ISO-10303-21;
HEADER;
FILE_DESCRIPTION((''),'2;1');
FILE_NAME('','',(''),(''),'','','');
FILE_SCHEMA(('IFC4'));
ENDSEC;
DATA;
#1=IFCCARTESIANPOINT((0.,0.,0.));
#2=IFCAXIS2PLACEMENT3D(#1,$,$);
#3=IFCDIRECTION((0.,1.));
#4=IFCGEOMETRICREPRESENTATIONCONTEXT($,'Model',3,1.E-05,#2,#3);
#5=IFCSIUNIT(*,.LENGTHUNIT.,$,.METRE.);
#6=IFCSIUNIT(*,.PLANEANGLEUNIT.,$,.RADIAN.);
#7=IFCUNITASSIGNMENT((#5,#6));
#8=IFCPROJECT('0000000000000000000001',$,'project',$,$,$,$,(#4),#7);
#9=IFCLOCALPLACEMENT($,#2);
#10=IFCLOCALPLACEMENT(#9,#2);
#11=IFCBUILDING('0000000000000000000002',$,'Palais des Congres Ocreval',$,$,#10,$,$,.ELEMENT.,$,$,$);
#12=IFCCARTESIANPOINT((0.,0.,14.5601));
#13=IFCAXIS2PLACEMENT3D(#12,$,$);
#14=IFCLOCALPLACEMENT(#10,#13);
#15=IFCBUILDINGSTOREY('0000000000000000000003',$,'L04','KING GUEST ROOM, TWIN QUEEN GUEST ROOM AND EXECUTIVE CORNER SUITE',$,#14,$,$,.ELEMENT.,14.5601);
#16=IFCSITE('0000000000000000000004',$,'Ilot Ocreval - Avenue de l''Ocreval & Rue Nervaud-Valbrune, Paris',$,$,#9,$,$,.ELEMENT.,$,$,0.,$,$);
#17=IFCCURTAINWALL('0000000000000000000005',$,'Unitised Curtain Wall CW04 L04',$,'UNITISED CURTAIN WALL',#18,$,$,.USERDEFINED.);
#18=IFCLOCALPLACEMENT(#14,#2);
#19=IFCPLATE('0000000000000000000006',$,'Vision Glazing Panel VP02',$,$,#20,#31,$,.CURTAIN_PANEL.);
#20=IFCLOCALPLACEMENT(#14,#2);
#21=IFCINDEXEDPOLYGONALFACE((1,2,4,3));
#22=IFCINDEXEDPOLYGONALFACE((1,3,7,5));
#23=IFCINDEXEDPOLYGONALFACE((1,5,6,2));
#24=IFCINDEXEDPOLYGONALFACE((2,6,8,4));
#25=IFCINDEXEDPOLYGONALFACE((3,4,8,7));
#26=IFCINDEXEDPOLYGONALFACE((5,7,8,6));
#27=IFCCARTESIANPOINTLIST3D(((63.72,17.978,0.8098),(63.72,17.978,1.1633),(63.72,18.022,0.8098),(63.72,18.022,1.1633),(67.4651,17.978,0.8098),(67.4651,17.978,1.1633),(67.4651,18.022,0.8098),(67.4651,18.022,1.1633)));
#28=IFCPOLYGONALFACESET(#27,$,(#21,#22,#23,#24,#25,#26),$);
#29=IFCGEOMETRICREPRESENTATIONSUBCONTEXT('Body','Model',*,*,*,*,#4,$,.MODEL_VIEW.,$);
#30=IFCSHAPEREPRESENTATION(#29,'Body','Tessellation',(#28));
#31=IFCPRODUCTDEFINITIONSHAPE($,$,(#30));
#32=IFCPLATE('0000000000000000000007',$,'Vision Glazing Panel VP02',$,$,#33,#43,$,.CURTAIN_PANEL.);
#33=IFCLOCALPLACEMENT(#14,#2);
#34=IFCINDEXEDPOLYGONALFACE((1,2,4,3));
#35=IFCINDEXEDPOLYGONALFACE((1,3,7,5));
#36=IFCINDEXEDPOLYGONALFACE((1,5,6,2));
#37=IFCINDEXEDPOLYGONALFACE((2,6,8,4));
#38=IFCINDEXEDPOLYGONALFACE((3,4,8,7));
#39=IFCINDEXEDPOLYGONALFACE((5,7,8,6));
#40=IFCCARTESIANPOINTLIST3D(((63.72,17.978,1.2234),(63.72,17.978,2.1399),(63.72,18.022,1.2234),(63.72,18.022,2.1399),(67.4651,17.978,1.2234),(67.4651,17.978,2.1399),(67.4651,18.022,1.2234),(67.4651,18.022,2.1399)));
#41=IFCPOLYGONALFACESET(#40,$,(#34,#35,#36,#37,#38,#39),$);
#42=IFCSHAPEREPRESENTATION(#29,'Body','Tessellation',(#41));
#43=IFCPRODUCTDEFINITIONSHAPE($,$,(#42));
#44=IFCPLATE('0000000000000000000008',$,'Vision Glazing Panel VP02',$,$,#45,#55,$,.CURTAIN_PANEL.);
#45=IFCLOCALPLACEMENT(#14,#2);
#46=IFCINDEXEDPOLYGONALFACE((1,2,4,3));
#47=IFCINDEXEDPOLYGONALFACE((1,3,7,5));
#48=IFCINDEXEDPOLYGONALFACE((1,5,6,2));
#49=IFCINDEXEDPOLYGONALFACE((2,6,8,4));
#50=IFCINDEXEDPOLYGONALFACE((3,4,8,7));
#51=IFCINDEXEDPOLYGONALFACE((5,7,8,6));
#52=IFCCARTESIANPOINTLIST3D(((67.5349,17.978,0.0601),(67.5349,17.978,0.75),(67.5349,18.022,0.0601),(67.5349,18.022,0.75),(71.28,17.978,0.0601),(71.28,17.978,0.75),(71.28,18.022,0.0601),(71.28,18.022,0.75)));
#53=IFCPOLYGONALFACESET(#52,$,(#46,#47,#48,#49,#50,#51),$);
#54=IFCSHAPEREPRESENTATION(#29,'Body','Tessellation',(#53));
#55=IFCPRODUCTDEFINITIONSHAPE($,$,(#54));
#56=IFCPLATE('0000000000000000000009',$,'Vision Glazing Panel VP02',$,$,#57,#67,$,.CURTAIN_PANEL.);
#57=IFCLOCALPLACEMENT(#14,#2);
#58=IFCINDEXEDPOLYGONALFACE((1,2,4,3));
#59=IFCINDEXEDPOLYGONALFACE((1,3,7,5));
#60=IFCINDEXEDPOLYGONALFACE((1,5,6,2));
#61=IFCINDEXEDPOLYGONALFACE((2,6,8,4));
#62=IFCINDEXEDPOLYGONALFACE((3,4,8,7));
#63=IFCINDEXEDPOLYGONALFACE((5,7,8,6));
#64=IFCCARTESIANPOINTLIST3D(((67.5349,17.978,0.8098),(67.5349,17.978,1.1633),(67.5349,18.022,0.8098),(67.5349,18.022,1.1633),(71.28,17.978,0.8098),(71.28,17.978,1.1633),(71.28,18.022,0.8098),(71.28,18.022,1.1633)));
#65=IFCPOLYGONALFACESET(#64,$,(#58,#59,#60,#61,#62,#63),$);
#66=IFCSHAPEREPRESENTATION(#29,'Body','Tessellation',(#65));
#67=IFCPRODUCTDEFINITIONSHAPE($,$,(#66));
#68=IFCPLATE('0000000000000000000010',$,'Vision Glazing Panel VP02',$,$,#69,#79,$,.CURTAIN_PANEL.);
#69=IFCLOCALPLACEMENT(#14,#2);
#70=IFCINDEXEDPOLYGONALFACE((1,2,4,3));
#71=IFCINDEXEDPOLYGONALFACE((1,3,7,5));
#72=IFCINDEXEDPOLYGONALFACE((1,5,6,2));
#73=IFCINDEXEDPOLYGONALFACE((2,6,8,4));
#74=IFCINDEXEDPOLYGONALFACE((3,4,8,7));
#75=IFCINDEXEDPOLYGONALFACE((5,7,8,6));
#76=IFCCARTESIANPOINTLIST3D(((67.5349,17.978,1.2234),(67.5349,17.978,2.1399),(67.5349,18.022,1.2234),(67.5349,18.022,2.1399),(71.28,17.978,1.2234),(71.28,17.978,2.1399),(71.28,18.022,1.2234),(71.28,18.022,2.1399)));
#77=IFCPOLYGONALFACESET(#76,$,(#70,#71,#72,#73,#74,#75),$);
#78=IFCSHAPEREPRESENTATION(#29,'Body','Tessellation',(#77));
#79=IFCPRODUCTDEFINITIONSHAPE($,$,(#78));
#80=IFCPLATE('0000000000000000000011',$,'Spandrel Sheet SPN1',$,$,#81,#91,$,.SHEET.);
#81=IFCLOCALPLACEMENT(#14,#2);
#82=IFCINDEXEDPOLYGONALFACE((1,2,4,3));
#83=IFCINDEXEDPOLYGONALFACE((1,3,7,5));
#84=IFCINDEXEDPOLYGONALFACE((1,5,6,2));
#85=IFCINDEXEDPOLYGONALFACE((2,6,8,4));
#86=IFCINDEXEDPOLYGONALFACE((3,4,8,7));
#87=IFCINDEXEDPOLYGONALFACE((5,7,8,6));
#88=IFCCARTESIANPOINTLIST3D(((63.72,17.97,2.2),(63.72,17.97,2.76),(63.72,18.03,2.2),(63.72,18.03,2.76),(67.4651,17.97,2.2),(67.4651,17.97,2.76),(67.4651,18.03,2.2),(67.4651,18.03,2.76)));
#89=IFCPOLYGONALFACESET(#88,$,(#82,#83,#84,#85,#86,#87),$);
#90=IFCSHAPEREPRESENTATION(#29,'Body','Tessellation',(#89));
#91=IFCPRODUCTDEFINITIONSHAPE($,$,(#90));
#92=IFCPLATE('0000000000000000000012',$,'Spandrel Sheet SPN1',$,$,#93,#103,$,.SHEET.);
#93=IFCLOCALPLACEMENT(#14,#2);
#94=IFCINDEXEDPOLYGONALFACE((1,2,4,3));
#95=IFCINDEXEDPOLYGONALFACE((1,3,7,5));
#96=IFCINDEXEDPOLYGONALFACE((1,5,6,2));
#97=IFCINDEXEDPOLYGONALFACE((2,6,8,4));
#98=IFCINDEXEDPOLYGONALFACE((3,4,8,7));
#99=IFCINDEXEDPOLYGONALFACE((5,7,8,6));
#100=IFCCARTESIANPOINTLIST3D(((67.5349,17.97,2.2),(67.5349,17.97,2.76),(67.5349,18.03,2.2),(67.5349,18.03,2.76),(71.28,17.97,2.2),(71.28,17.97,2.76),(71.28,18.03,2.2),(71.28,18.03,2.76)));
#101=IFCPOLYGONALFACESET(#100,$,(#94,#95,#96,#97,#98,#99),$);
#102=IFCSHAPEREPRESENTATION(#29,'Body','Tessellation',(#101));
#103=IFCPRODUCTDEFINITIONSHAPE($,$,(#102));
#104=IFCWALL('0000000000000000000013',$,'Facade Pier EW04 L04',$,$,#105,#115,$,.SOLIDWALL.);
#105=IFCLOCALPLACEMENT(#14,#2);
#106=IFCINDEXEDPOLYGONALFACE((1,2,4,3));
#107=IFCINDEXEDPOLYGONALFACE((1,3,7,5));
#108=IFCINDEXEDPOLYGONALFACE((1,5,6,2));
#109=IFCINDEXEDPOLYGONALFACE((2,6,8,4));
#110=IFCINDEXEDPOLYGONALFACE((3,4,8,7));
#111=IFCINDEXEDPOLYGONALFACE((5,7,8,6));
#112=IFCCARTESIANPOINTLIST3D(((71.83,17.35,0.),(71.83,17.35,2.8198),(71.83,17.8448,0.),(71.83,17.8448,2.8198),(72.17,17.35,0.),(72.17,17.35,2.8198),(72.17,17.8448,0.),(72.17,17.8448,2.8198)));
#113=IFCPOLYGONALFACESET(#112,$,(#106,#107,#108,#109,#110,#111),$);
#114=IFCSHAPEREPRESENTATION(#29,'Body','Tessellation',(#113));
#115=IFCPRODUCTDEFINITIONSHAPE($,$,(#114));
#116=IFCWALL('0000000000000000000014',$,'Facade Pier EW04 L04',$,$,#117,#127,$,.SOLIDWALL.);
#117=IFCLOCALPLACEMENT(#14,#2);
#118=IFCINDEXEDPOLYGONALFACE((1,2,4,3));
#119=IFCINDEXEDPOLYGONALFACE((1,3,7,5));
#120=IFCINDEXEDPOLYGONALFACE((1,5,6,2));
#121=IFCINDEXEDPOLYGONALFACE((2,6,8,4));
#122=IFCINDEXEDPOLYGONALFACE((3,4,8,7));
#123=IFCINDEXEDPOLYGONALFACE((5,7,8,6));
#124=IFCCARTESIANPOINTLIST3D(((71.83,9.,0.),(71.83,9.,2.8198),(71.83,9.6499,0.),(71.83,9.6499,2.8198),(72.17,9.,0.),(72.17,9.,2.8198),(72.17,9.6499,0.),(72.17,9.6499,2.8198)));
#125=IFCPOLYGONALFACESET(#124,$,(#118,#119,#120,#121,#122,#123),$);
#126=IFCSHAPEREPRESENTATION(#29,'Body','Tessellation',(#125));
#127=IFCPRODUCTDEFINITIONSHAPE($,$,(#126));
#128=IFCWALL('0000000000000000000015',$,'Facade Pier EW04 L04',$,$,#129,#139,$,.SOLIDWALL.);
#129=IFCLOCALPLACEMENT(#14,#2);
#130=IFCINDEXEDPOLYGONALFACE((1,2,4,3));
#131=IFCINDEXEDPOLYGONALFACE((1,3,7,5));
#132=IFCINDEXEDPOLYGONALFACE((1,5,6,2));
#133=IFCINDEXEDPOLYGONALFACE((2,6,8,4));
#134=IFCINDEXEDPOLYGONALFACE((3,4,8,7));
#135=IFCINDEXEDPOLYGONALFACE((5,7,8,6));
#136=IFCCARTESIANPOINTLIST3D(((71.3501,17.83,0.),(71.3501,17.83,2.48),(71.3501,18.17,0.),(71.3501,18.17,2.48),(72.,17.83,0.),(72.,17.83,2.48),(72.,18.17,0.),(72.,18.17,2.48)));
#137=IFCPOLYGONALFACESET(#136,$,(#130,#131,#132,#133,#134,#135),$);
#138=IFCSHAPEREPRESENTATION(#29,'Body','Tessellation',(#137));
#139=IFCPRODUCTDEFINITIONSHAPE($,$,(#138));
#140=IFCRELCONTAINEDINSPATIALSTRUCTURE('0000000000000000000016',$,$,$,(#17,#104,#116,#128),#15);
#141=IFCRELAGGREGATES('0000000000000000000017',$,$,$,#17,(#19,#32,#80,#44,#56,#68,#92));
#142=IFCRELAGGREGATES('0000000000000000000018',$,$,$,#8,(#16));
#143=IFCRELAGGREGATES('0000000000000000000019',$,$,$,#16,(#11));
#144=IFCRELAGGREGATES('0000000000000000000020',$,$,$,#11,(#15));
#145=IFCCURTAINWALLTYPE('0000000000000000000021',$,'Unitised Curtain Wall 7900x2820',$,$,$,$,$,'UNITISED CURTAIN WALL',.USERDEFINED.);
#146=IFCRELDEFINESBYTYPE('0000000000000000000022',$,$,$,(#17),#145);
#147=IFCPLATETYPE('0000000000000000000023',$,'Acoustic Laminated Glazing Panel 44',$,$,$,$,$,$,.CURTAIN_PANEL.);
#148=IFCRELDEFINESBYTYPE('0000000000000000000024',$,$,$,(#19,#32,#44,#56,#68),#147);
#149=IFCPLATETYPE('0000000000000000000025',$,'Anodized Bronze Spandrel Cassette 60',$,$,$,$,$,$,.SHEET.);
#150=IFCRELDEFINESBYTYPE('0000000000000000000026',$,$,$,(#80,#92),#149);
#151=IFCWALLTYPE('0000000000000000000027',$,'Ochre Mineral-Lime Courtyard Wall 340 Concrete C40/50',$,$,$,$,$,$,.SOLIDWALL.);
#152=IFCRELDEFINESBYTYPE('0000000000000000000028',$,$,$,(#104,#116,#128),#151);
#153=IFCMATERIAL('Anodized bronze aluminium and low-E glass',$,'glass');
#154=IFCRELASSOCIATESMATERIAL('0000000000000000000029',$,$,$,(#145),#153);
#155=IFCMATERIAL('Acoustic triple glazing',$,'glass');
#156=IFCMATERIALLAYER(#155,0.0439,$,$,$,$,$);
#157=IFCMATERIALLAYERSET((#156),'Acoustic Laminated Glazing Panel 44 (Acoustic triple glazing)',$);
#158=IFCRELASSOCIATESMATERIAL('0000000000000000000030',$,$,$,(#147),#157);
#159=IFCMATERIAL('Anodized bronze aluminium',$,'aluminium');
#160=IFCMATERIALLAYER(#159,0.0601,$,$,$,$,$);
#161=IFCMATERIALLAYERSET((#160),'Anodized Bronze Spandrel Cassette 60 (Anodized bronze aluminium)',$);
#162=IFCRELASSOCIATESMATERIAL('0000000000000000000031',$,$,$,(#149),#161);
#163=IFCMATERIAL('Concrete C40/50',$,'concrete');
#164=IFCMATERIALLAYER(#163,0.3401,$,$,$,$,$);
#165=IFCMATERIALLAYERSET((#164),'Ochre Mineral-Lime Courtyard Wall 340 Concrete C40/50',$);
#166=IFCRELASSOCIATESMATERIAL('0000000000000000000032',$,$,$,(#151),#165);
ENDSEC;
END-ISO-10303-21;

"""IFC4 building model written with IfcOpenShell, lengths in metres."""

from ifc_helpers import new_model, si_unit, direction, frame, frame_2d, origin, origin_2d, place, context, subcontext, project, spatial, rectangle, extrude, material, layer, layer_set, type_object, element, aggregate, save


model = new_model("IFC4")

# Units and contexts
model_context = context("Model", 3, precision=1e-05, world=origin(), true_north=direction((0.0, 1.0)))
body_context = subcontext(model_context, "Body", "Model", "MODEL_VIEW")
ifc_project = project(units=[si_unit("LENGTHUNIT", "METRE"), si_unit("PLANEANGLEUNIT", "RADIAN")], contexts=[model_context])

# Site, building, storey
site_placement = place(None, origin())
site = spatial("IfcSite", under=ifc_project, at=site_placement, Name="Ilot Ocreval - Avenue de l'Ocreval & Rue Nervaud-Valbrune, Paris", CompositionType="ELEMENT", RefElevation=0.0)
building_placement = place(site_placement, origin())
building = spatial("IfcBuilding", under=site, at=building_placement, Name="Palais des Congres Ocreval", CompositionType="ELEMENT")
storey_placement = place(building_placement, frame((0.0, 0.0, 14.5601)))
storey = spatial("IfcBuildingStorey", under=building, at=storey_placement, Name="L04", Description="KING GUEST ROOM, TWIN QUEEN GUEST ROOM AND EXECUTIVE CORNER SUITE", CompositionType="ELEMENT", Elevation=14.5601)

# Shared definitions
ifc_material_1 = material(Name="Concrete C40/50", Category="concrete")

# Curtain wall
ifc_material_2 = material(Name="Anodized bronze aluminium and low-E glass", Category="glass")
curtain_wall_type = type_object("IfcCurtainWallType", Name="Unitised Curtain Wall 7900x2820", ElementType="UNITISED CURTAIN WALL", PredefinedType="USERDEFINED", material=ifc_material_2)
ifc_material_3 = material(Name="Anodized bronze aluminium", Category="aluminium")
curtain_wall_1_placement = place(storey_placement, origin())
curtain_wall_1 = element("IfcCurtainWall", 1, at=curtain_wall_1_placement, inside=storey, type_object=curtain_wall_type, Name="Unitised Curtain Wall CW04 L04", ObjectType="UNITISED CURTAIN WALL", PredefinedType="USERDEFINED")

# Plates
ifc_material_4 = material(Name="Acoustic triple glazing", Category="glass")
ifc_layer_1 = layer(ifc_material_4, 0.0439)
ifc_layer_set_1 = layer_set([ifc_layer_1], Name="Acoustic Laminated Glazing Panel 44 (Acoustic triple glazing)")
plate_type_1 = type_object("IfcPlateType", Name="Acoustic Laminated Glazing Panel 44", PredefinedType="CURTAIN_PANEL", material=ifc_layer_set_1)
plate_1_placement = place(storey_placement, frame((65.5925, 18.0, 0.8098), z_axis=(0.0, 0.0, 1.0), x_axis=(1.0, 0.0, 0.0)))
plate_1 = element("IfcPlate", 2, at=plate_1_placement, type_object=plate_type_1, Name="Vision Glazing Panel VP02", PredefinedType="CURTAIN_PANEL", context=body_context, shape_type="SweptSolid", body=[
    extrude(rectangle(XDim=3.7451, YDim=0.0439, at=origin_2d()), origin(), (0.0, 0.0, 1.0), 0.3535),
])
plate_2_placement = place(storey_placement, frame((65.5925, 18.0, 1.2234), z_axis=(0.0, 0.0, 1.0), x_axis=(1.0, 0.0, 0.0)))
plate_2 = element("IfcPlate", 3, at=plate_2_placement, type_object=plate_type_1, Name="Vision Glazing Panel VP02", PredefinedType="CURTAIN_PANEL", context=body_context, shape_type="SweptSolid", body=[
    extrude(rectangle(XDim=3.7451, YDim=0.0439, at=origin_2d()), origin(), (0.0, 0.0, 1.0), 0.9165),
])
plate_3_placement = place(storey_placement, frame((69.4075, 18.0, 0.0601), z_axis=(0.0, 0.0, 1.0), x_axis=(1.0, 0.0, 0.0)))
plate_3 = element("IfcPlate", 4, at=plate_3_placement, type_object=plate_type_1, Name="Vision Glazing Panel VP02", PredefinedType="CURTAIN_PANEL", context=body_context, shape_type="SweptSolid", body=[
    extrude(rectangle(XDim=3.7451, YDim=0.0439, at=origin_2d()), origin(), (0.0, 0.0, 1.0), 0.6899),
])
plate_4_placement = place(storey_placement, frame((69.4075, 18.0, 0.8098), z_axis=(0.0, 0.0, 1.0), x_axis=(1.0, 0.0, 0.0)))
plate_4 = element("IfcPlate", 5, at=plate_4_placement, type_object=plate_type_1, Name="Vision Glazing Panel VP02", PredefinedType="CURTAIN_PANEL", context=body_context, shape_type="SweptSolid", body=[
    extrude(rectangle(XDim=3.7451, YDim=0.0439, at=origin_2d()), origin(), (0.0, 0.0, 1.0), 0.3535),
])
plate_5_placement = place(storey_placement, frame((69.4075, 18.0, 1.2234), z_axis=(0.0, 0.0, 1.0), x_axis=(1.0, 0.0, 0.0)))
plate_5 = element("IfcPlate", 6, at=plate_5_placement, type_object=plate_type_1, Name="Vision Glazing Panel VP02", PredefinedType="CURTAIN_PANEL", context=body_context, shape_type="SweptSolid", body=[
    extrude(rectangle(XDim=3.7451, YDim=0.0439, at=origin_2d()), origin(), (0.0, 0.0, 1.0), 0.9165),
])
ifc_layer_2 = layer(ifc_material_3, 0.0601)
ifc_layer_set_2 = layer_set([ifc_layer_2], Name="Anodized Bronze Spandrel Cassette 60 (Anodized bronze aluminium)")
plate_type_2 = type_object("IfcPlateType", Name="Anodized Bronze Spandrel Cassette 60", PredefinedType="SHEET", material=ifc_layer_set_2)
plate_6_placement = place(storey_placement, frame((65.5925, 18.0, 2.2), z_axis=(0.0, 0.0, 1.0), x_axis=(1.0, 0.0, 0.0)))
plate_6 = element("IfcPlate", 7, at=plate_6_placement, type_object=plate_type_2, Name="Spandrel Sheet SPN1", PredefinedType="SHEET", context=body_context, shape_type="SweptSolid", body=[
    extrude(rectangle(XDim=3.7451, YDim=0.0601, at=origin_2d()), origin(), (0.0, 0.0, 1.0), 0.5601),
])
plate_7_placement = place(storey_placement, frame((69.4075, 18.0, 2.2), z_axis=(0.0, 0.0, 1.0), x_axis=(1.0, 0.0, 0.0)))
plate_7 = element("IfcPlate", 8, at=plate_7_placement, type_object=plate_type_2, Name="Spandrel Sheet SPN1", PredefinedType="SHEET", context=body_context, shape_type="SweptSolid", body=[
    extrude(rectangle(XDim=3.7451, YDim=0.0601, at=origin_2d()), origin(), (0.0, 0.0, 1.0), 0.5601),
])
aggregate(curtain_wall_1, [plate_1, plate_2, plate_6, plate_3, plate_4, plate_5, plate_7])

# Walls
ifc_layer_3 = layer(ifc_material_1, 0.3401)
ifc_layer_set_3 = layer_set([ifc_layer_3], Name="Ochre Mineral-Lime Courtyard Wall 340 Concrete C40/50")
wall_type_1 = type_object("IfcWallType", Name="Ochre Mineral-Lime Courtyard Wall 340 Concrete C40/50", PredefinedType="SOLIDWALL", material=ifc_layer_set_3)
wall_1_placement = place(storey_placement, frame((72.0, 17.845, 0.0), z_axis=(0.0, 0.0, 1.0), x_axis=(0.0, -1.0, 0.0)))
element("IfcWall", 9, at=wall_1_placement, inside=storey, type_object=wall_type_1, Name="Facade Pier EW04 L04", PredefinedType="SOLIDWALL", context=body_context, shape_type="SweptSolid", body=[
    extrude(rectangle(XDim=0.4949, YDim=0.3401, at=frame_2d((0.2476, 0.0))), origin(), (0.0, 0.0, 1.0), 2.8198),
])
wall_2_placement = place(storey_placement, frame((72.0, 9.6499, 0.0), z_axis=(0.0, 0.0, 1.0), x_axis=(0.0, -1.0, 0.0)))
element("IfcWall", 10, at=wall_2_placement, inside=storey, type_object=wall_type_1, Name="Facade Pier EW04 L04", PredefinedType="SOLIDWALL", context=body_context, shape_type="SweptSolid", body=[
    extrude(rectangle(XDim=0.6499, YDim=0.3401, at=frame_2d((0.325, 0.0))), origin(), (0.0, 0.0, 1.0), 2.8198),
])
wall_3_placement = place(storey_placement, frame((71.3501, 18.0, 0.0), z_axis=(0.0, 0.0, 1.0), x_axis=(1.0, 0.0, 0.0)))
element("IfcWall", 11, at=wall_3_placement, inside=storey, type_object=wall_type_1, Name="Facade Pier EW04 L04", PredefinedType="SOLIDWALL", context=body_context, shape_type="SweptSolid", body=[
    extrude(rectangle(XDim=0.6499, YDim=0.3401, at=frame_2d((0.325, 0.0))), origin(), (0.0, 0.0, 1.0), 2.48),
])

save(model, "model.ifc")
